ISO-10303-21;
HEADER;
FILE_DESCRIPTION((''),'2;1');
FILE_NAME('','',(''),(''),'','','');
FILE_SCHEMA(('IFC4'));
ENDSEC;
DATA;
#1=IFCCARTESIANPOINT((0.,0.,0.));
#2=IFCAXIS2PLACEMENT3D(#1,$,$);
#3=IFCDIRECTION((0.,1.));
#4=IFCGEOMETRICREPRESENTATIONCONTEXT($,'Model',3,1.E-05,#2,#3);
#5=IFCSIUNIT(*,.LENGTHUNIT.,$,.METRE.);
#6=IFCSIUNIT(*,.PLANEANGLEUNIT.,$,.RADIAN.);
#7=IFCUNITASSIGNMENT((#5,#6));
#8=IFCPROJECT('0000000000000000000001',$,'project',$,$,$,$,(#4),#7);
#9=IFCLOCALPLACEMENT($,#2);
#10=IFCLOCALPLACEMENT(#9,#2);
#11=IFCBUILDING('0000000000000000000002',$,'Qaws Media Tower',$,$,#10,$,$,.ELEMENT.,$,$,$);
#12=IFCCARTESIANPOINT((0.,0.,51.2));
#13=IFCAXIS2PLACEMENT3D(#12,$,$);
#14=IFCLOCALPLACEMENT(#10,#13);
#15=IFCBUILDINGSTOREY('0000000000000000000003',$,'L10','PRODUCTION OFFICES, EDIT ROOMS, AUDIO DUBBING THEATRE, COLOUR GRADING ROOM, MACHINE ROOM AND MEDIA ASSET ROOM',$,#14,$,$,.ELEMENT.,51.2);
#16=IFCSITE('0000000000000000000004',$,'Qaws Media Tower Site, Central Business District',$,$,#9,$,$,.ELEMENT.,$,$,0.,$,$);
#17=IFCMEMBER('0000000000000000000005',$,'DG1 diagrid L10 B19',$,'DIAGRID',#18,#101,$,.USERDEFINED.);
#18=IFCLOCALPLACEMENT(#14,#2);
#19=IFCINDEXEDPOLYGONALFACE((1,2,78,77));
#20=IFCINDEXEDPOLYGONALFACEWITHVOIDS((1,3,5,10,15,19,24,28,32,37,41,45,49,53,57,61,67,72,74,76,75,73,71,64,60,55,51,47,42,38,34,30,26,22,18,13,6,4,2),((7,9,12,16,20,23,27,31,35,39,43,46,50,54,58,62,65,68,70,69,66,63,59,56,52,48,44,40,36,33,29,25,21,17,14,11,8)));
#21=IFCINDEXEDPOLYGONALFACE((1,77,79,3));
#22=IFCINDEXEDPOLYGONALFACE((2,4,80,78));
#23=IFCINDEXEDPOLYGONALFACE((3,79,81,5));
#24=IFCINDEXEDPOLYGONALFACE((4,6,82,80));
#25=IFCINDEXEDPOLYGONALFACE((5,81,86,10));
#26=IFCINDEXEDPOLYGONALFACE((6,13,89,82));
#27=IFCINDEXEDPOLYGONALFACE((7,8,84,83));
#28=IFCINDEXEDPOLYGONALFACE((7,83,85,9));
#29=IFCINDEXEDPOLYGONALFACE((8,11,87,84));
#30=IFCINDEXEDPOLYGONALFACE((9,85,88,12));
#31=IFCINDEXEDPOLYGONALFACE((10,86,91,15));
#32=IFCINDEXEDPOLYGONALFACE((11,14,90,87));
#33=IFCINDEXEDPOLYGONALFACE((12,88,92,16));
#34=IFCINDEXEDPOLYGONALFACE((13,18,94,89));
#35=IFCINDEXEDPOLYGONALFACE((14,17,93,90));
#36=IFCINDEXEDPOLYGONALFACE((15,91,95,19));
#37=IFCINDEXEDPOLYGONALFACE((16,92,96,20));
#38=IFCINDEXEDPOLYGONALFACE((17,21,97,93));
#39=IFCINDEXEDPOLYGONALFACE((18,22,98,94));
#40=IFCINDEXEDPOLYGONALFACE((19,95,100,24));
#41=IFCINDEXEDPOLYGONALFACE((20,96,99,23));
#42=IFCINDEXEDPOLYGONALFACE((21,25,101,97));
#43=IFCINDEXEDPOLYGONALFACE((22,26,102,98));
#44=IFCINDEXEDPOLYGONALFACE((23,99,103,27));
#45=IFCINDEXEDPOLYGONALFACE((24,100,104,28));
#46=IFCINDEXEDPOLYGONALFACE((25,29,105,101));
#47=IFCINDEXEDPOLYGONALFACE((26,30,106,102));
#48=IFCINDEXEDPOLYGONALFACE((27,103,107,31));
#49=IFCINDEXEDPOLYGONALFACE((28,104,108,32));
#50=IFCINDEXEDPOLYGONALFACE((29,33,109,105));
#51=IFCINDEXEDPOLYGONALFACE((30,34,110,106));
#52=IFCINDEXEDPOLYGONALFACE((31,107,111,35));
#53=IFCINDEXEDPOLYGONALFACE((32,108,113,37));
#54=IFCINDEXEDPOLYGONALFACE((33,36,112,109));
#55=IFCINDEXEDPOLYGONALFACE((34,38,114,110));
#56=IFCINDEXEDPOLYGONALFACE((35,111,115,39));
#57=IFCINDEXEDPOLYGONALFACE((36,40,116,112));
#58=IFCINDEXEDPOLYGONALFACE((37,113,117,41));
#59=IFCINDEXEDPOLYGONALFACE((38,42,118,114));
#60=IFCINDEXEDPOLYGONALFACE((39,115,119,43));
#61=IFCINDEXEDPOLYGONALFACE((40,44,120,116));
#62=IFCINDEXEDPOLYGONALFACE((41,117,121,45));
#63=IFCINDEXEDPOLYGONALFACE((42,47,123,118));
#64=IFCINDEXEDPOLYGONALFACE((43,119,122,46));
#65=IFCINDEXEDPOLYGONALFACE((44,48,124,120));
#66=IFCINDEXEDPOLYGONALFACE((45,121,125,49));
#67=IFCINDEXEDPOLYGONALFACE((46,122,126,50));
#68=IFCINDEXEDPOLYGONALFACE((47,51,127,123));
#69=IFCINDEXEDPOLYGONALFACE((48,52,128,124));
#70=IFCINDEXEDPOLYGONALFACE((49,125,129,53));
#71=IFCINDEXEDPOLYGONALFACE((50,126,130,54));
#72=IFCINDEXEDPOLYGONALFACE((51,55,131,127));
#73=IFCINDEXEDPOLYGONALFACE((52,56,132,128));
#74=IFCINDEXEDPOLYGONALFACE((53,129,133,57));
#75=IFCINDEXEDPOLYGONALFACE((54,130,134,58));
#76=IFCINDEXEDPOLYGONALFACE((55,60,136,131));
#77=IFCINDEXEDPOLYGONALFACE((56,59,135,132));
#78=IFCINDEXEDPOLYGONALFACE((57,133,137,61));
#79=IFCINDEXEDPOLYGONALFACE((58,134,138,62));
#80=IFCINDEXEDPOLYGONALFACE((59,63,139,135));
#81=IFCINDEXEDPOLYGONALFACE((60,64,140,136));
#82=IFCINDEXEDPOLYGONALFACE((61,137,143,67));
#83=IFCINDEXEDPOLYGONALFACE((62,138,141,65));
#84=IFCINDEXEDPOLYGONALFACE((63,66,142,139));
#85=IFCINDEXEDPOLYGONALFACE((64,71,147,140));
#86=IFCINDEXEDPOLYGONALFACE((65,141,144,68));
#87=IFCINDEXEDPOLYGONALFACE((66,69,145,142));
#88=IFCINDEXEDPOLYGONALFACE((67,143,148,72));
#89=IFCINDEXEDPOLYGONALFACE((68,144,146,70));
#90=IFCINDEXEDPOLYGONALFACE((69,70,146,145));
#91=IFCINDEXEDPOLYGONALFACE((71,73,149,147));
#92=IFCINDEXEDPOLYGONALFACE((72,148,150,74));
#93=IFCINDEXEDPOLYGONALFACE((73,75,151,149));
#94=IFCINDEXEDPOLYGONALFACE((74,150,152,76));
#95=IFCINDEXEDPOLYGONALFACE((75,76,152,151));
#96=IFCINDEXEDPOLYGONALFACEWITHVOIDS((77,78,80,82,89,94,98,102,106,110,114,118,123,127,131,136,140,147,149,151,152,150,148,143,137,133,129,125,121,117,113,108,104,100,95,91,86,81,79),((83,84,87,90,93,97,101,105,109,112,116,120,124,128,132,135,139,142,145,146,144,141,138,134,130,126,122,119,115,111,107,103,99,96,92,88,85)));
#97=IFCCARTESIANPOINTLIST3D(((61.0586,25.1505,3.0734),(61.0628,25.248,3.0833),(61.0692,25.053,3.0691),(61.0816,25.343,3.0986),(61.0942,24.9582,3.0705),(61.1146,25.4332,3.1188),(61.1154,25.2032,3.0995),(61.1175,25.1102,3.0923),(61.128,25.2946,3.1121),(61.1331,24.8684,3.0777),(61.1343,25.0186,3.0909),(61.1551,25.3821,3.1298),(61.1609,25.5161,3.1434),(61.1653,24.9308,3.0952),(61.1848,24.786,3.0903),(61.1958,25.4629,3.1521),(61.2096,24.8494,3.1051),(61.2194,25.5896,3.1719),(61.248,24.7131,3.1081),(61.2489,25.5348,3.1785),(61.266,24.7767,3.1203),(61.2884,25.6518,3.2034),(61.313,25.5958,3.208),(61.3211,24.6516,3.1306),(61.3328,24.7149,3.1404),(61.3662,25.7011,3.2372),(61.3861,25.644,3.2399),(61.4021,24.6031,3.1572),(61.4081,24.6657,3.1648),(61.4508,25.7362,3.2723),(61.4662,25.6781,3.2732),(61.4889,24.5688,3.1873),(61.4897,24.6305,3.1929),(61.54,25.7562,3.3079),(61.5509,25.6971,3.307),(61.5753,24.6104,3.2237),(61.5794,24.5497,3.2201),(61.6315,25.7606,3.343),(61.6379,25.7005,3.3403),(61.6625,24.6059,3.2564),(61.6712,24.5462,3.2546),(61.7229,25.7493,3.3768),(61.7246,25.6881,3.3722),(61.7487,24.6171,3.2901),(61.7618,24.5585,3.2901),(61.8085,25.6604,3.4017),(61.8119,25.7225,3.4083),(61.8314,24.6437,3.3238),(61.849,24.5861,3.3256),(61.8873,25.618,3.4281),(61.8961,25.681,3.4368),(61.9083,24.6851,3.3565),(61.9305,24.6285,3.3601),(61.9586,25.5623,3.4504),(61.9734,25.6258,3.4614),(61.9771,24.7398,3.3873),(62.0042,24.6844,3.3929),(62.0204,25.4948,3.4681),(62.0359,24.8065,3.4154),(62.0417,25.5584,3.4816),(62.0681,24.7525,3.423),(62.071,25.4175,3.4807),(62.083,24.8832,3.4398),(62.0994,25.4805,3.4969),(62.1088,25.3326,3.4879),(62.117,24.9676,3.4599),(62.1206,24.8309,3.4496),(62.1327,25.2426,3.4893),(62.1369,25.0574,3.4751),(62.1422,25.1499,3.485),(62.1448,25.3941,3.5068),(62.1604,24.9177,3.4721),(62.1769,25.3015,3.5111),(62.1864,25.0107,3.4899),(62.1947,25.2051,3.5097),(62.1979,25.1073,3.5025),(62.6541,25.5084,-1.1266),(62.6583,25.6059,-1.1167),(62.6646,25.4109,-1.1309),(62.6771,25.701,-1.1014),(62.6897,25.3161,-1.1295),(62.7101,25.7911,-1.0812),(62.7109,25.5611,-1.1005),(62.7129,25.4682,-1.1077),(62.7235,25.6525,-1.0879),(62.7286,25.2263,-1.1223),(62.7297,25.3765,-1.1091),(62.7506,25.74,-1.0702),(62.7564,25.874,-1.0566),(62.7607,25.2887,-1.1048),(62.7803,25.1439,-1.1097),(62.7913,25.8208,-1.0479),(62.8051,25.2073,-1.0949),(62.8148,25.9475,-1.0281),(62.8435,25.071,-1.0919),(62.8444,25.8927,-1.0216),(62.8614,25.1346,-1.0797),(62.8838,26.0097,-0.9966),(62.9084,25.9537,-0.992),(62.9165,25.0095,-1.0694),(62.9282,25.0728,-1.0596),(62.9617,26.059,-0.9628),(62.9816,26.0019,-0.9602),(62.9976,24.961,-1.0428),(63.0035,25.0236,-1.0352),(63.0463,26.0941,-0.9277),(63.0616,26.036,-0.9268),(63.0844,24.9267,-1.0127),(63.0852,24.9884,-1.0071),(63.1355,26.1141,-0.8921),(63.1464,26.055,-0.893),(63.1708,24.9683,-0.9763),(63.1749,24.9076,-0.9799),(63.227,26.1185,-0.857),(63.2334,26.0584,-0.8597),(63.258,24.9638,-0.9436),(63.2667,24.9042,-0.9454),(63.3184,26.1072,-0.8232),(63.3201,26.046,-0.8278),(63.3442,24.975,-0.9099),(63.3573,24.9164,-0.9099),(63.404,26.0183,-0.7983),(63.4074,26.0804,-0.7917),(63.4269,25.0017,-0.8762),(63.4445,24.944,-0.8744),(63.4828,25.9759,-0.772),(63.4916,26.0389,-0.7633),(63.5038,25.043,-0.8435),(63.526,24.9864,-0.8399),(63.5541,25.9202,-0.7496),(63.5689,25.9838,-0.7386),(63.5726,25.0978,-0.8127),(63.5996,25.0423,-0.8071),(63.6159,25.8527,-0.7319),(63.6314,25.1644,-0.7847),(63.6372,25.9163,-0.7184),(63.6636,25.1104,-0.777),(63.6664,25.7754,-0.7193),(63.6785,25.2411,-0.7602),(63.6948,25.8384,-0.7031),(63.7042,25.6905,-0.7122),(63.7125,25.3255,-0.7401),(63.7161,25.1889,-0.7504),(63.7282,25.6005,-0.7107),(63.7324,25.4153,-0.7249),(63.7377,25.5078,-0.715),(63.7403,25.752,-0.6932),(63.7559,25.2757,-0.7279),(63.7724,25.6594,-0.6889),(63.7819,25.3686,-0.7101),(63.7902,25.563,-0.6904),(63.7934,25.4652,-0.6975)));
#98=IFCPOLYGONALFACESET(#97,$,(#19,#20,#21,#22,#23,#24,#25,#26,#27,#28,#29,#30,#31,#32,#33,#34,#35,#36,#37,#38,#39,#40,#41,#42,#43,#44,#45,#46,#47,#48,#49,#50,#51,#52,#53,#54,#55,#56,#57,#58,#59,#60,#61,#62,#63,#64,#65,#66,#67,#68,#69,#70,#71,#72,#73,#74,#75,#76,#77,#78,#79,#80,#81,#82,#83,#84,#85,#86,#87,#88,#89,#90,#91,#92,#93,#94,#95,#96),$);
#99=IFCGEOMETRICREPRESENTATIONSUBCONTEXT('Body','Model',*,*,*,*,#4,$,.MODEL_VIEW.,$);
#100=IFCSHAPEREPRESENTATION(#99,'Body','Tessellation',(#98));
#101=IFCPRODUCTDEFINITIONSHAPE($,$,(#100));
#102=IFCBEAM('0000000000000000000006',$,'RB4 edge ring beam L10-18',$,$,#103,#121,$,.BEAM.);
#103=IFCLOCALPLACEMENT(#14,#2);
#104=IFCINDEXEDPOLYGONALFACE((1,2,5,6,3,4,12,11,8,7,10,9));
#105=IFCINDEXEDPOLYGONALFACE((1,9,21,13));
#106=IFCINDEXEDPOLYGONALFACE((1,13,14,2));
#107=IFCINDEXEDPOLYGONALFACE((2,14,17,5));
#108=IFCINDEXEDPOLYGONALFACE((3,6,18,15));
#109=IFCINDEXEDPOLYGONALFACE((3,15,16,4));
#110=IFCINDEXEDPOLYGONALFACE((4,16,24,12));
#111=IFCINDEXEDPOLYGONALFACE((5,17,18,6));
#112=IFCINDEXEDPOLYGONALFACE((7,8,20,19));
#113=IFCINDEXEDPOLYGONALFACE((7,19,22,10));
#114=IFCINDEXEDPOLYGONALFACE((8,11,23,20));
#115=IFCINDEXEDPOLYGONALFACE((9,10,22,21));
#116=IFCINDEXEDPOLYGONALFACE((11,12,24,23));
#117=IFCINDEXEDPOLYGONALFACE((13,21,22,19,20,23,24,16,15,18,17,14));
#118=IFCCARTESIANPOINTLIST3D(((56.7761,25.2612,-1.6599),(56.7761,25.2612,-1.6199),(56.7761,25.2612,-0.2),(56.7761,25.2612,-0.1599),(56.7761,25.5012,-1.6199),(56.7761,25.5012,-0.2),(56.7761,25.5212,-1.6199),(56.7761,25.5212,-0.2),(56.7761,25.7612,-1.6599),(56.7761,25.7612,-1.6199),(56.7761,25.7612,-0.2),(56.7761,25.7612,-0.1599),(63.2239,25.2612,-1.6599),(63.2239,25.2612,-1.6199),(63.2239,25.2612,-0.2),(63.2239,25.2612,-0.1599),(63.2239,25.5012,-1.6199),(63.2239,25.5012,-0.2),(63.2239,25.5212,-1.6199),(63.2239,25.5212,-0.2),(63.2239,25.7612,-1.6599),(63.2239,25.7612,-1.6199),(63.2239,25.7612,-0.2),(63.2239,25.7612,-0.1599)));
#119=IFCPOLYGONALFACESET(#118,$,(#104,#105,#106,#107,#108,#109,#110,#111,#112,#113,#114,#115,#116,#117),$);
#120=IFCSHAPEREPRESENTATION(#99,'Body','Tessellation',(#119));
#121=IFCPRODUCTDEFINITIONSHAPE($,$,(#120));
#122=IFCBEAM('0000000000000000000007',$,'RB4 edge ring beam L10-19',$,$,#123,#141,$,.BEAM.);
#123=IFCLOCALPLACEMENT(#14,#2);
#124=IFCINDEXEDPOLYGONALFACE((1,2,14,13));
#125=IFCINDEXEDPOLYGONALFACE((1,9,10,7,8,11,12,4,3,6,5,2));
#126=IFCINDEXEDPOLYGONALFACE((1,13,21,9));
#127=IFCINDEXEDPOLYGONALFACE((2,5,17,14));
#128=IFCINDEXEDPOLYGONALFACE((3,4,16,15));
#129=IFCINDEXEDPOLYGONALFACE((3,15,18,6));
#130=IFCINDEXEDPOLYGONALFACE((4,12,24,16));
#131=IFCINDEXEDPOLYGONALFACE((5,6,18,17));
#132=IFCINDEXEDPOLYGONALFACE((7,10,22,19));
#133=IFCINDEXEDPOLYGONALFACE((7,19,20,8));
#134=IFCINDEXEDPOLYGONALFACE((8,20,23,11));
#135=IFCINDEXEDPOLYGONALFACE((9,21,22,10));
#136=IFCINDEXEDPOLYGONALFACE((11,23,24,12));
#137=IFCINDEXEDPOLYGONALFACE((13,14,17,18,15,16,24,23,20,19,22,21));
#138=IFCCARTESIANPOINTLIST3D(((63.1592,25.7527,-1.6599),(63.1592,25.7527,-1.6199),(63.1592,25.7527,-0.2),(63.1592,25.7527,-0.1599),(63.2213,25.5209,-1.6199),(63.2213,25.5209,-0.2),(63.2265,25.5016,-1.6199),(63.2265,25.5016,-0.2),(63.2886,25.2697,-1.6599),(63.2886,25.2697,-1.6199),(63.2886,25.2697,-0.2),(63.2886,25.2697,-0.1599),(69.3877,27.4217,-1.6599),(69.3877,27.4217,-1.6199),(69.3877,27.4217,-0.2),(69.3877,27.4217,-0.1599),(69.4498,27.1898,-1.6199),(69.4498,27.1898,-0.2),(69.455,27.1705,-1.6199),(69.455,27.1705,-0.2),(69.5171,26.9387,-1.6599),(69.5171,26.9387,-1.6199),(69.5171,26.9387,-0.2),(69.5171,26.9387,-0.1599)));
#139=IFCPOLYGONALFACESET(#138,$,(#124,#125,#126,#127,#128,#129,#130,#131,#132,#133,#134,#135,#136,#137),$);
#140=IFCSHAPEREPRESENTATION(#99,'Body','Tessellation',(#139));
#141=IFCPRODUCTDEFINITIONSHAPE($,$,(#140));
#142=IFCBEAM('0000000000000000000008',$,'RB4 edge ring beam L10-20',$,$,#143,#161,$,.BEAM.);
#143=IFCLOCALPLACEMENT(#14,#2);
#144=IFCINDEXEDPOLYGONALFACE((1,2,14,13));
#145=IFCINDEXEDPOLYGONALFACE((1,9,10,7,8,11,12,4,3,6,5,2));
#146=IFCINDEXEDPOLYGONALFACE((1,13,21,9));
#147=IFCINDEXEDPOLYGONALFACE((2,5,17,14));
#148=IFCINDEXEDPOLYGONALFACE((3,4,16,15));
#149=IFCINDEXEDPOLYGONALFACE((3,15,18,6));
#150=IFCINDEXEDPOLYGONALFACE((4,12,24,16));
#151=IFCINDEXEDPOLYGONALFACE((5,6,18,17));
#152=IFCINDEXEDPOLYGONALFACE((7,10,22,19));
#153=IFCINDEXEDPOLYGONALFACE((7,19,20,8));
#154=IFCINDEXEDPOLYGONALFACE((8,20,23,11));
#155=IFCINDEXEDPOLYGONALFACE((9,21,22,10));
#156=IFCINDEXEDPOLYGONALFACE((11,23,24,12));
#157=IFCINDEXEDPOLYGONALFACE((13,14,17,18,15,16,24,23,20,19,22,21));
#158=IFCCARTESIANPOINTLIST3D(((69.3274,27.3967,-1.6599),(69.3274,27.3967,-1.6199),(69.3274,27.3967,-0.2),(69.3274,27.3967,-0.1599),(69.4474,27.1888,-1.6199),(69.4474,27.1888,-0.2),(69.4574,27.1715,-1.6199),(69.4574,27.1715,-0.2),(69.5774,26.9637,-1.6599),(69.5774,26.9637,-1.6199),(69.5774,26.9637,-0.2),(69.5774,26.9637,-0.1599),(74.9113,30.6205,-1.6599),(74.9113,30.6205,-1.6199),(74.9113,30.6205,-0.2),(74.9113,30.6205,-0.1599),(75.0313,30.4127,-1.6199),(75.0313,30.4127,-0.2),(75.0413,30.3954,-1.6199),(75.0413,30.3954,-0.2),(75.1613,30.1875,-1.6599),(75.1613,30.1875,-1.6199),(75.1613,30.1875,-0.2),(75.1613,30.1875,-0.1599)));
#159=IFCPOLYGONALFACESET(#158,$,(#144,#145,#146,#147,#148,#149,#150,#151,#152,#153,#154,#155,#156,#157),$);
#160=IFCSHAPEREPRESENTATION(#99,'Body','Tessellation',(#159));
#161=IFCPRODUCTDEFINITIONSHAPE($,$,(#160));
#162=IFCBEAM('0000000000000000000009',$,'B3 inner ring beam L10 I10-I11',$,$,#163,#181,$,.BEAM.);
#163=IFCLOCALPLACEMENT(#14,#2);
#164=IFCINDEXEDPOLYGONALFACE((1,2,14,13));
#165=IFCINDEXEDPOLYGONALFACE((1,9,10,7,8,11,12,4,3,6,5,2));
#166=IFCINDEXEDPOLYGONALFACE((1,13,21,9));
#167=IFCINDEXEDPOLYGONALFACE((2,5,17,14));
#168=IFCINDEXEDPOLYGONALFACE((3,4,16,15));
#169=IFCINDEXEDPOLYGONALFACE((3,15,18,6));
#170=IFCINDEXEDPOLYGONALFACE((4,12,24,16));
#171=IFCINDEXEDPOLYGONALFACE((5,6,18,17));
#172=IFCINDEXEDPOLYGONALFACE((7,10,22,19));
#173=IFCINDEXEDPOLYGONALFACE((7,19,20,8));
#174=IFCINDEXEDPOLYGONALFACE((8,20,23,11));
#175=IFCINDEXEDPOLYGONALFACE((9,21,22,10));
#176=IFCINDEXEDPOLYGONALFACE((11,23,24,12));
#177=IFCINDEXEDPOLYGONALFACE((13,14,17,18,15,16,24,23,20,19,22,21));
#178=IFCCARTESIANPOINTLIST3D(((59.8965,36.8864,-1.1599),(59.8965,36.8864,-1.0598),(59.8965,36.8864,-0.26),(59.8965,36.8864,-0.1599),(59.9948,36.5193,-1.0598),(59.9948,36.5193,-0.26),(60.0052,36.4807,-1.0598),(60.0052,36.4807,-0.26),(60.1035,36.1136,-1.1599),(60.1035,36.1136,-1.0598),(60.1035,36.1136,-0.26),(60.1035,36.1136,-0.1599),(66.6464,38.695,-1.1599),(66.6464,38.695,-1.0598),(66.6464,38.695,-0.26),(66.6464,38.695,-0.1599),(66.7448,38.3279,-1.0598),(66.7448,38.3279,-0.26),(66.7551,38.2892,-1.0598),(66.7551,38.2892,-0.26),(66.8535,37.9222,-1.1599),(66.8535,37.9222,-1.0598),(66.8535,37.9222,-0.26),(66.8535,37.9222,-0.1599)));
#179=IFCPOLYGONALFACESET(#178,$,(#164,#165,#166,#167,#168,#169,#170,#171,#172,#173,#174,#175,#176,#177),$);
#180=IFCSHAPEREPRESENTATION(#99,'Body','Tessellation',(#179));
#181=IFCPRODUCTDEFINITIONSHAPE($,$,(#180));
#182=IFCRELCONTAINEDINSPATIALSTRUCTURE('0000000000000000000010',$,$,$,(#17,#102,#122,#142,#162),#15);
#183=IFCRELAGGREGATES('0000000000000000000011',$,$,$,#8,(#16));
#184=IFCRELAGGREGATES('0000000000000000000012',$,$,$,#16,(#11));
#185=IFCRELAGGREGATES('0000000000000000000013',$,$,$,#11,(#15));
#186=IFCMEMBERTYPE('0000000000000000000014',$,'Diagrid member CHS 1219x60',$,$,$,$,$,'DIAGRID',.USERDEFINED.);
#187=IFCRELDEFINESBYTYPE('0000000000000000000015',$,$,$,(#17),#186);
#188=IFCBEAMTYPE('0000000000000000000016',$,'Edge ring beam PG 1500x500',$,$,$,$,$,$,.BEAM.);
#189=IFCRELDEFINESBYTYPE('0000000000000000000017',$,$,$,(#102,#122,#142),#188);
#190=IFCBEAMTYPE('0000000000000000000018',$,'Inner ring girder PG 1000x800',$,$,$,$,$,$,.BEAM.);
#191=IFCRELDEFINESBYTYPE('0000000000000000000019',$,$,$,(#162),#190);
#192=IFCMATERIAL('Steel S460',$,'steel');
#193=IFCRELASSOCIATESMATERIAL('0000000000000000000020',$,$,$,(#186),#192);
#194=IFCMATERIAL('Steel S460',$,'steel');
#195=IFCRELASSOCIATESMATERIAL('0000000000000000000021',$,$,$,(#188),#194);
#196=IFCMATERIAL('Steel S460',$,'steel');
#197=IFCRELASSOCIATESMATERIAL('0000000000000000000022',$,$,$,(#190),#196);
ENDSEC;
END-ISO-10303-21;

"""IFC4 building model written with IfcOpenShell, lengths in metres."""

from ifc_helpers import new_model, si_unit, direction, frame, origin, origin_2d, place, context, subcontext, project, spatial, hollow_circle, i_section, extrude, material, material_profile, profile_set, type_object, element, save


model = new_model("IFC4")

# Units and contexts
model_context = context("Model", 3, precision=1e-05, world=origin(), true_north=direction((0.0, 1.0)))
body_context = subcontext(model_context, "Body", "Model", "MODEL_VIEW")
ifc_project = project(units=[si_unit("LENGTHUNIT", "METRE"), si_unit("PLANEANGLEUNIT", "RADIAN")], contexts=[model_context])

# Site, building, storey
site_placement = place(None, origin())
site = spatial("IfcSite", under=ifc_project, at=site_placement, Name="Qaws Media Tower Site, Central Business District", CompositionType="ELEMENT", RefElevation=0.0)
building_placement = place(site_placement, origin())
building = spatial("IfcBuilding", under=site, at=building_placement, Name="Qaws Media Tower", CompositionType="ELEMENT")
storey_placement = place(building_placement, frame((0.0, 0.0, 51.2)))
storey = spatial("IfcBuildingStorey", under=building, at=storey_placement, Name="L10", Description="PRODUCTION OFFICES, EDIT ROOMS, AUDIO DUBBING THEATRE, COLOUR GRADING ROOM, MACHINE ROOM AND MEDIA ASSET ROOM", CompositionType="ELEMENT", Elevation=51.2)

# Member
ifc_material_1 = material(Name="Steel S460", Category="steel")
ifc_material_profile_1 = material_profile(ifc_material_1, hollow_circle(Radius=0.6096, WallThickness=0.0601, at=origin_2d()), Name="CHS 1219x60")
ifc_profile_set_1 = profile_set([ifc_material_profile_1], Name="Steel S460")
member_type_1 = type_object("IfcMemberType", Name="Diagrid member CHS 1219x60", ElementType="DIAGRID", PredefinedType="USERDEFINED", material=ifc_profile_set_1)
for number, where, z_axis, x_axis, name in (
    (1, (63.2239, 25.5112, -0.9099), (-0.353995, -0.079412, 0.93187), (0.21889, -0.975749, 0.0), "DG1 diagrid L10 B19"),
):
    element("IfcMember", number, at=place(storey_placement, frame(where, z_axis=z_axis, x_axis=x_axis)), inside=storey, type_object=member_type_1, Name=name, ObjectType="DIAGRID", PredefinedType="USERDEFINED", context=body_context, shape_type="SweptSolid", body=[
        extrude(hollow_circle(Radius=0.6096, WallThickness=0.0601, at=origin_2d()), origin(), (0.0, 0.0, 1.0), 4.5071),
    ])

# Beams
ifc_material_2 = material(Name="Steel S460", Category="steel")
ifc_material_profile_2 = material_profile(ifc_material_2, i_section(OverallWidth=0.5, OverallDepth=1.5, WebThickness=0.02, FlangeThickness=0.04, at=origin_2d()), Name="PG 1500x500")
ifc_profile_set_2 = profile_set([ifc_material_profile_2], Name="Steel S460")
beam_type_1 = type_object("IfcBeamType", Name="Edge ring beam PG 1500x500", PredefinedType="BEAM", material=ifc_profile_set_2)
beam_1_placement = place(storey_placement, frame((56.7761, 25.5112, -0.9099), z_axis=(1.0, 0.0, 0.0), x_axis=(0.0, 1.0, 0.0)))
element("IfcBeam", 2, at=beam_1_placement, inside=storey, type_object=beam_type_1, Name="RB4 edge ring beam L10-18", PredefinedType="BEAM", context=body_context, shape_type="SweptSolid", body=[
    extrude(i_section(OverallWidth=0.5, OverallDepth=1.5, WebThickness=0.02, FlangeThickness=0.04, at=origin_2d()), origin(), (0.0, 0.0, 1.0), 6.4478),
])
beam_2_placement = place(storey_placement, frame((63.2239, 25.5112, -0.9099), z_axis=(0.965925, 0.258822, 0.0), x_axis=(-0.258822, 0.965925, 0.0)))
element("IfcBeam", 3, at=beam_2_placement, inside=storey, type_object=beam_type_1, Name="RB4 edge ring beam L10-19", PredefinedType="BEAM", context=body_context, shape_type="SweptSolid", body=[
    extrude(i_section(OverallWidth=0.5, OverallDepth=1.5, WebThickness=0.02, FlangeThickness=0.04, at=origin_2d()), origin(), (0.0, 0.0, 1.0), 6.4482),
])
beam_3_placement = place(storey_placement, frame((69.4524, 27.1802, -0.9099), z_axis=(0.866028, 0.499996, 0.0), x_axis=(-0.499996, 0.866028, 0.0)))
element("IfcBeam", 4, at=beam_3_placement, inside=storey, type_object=beam_type_1, Name="RB4 edge ring beam L10-20", PredefinedType="BEAM", context=body_context, shape_type="SweptSolid", body=[
    extrude(i_section(OverallWidth=0.5, OverallDepth=1.5, WebThickness=0.02, FlangeThickness=0.04, at=origin_2d()), origin(), (0.0, 0.0, 1.0), 6.4478),
])
ifc_material_3 = material(Name="Steel S460", Category="steel")
ifc_material_profile_3 = material_profile(ifc_material_3, i_section(OverallWidth=0.8, OverallDepth=1.0, WebThickness=0.04, FlangeThickness=0.1001, at=origin_2d()), Name="PG 1000x800")
ifc_profile_set_3 = profile_set([ifc_material_profile_3], Name="Steel S460")
beam_type_2 = type_object("IfcBeamType", Name="Inner ring girder PG 1000x800", PredefinedType="BEAM", material=ifc_profile_set_3)
beam_4_placement = place(storey_placement, frame((60.0, 36.5, -0.6599), z_axis=(0.965928, 0.258811, 0.0), x_axis=(-0.258811, 0.965928, 0.0)))
element("IfcBeam", 5, at=beam_4_placement, inside=storey, type_object=beam_type_2, Name="B3 inner ring beam L10 I10-I11", PredefinedType="BEAM", context=body_context, shape_type="SweptSolid", body=[
    extrude(i_section(OverallWidth=0.8, OverallDepth=1.0, WebThickness=0.04, FlangeThickness=0.1001, at=origin_2d()), origin(), (0.0, 0.0, 1.0), 6.988),
])

save(model, "model.ifc")
